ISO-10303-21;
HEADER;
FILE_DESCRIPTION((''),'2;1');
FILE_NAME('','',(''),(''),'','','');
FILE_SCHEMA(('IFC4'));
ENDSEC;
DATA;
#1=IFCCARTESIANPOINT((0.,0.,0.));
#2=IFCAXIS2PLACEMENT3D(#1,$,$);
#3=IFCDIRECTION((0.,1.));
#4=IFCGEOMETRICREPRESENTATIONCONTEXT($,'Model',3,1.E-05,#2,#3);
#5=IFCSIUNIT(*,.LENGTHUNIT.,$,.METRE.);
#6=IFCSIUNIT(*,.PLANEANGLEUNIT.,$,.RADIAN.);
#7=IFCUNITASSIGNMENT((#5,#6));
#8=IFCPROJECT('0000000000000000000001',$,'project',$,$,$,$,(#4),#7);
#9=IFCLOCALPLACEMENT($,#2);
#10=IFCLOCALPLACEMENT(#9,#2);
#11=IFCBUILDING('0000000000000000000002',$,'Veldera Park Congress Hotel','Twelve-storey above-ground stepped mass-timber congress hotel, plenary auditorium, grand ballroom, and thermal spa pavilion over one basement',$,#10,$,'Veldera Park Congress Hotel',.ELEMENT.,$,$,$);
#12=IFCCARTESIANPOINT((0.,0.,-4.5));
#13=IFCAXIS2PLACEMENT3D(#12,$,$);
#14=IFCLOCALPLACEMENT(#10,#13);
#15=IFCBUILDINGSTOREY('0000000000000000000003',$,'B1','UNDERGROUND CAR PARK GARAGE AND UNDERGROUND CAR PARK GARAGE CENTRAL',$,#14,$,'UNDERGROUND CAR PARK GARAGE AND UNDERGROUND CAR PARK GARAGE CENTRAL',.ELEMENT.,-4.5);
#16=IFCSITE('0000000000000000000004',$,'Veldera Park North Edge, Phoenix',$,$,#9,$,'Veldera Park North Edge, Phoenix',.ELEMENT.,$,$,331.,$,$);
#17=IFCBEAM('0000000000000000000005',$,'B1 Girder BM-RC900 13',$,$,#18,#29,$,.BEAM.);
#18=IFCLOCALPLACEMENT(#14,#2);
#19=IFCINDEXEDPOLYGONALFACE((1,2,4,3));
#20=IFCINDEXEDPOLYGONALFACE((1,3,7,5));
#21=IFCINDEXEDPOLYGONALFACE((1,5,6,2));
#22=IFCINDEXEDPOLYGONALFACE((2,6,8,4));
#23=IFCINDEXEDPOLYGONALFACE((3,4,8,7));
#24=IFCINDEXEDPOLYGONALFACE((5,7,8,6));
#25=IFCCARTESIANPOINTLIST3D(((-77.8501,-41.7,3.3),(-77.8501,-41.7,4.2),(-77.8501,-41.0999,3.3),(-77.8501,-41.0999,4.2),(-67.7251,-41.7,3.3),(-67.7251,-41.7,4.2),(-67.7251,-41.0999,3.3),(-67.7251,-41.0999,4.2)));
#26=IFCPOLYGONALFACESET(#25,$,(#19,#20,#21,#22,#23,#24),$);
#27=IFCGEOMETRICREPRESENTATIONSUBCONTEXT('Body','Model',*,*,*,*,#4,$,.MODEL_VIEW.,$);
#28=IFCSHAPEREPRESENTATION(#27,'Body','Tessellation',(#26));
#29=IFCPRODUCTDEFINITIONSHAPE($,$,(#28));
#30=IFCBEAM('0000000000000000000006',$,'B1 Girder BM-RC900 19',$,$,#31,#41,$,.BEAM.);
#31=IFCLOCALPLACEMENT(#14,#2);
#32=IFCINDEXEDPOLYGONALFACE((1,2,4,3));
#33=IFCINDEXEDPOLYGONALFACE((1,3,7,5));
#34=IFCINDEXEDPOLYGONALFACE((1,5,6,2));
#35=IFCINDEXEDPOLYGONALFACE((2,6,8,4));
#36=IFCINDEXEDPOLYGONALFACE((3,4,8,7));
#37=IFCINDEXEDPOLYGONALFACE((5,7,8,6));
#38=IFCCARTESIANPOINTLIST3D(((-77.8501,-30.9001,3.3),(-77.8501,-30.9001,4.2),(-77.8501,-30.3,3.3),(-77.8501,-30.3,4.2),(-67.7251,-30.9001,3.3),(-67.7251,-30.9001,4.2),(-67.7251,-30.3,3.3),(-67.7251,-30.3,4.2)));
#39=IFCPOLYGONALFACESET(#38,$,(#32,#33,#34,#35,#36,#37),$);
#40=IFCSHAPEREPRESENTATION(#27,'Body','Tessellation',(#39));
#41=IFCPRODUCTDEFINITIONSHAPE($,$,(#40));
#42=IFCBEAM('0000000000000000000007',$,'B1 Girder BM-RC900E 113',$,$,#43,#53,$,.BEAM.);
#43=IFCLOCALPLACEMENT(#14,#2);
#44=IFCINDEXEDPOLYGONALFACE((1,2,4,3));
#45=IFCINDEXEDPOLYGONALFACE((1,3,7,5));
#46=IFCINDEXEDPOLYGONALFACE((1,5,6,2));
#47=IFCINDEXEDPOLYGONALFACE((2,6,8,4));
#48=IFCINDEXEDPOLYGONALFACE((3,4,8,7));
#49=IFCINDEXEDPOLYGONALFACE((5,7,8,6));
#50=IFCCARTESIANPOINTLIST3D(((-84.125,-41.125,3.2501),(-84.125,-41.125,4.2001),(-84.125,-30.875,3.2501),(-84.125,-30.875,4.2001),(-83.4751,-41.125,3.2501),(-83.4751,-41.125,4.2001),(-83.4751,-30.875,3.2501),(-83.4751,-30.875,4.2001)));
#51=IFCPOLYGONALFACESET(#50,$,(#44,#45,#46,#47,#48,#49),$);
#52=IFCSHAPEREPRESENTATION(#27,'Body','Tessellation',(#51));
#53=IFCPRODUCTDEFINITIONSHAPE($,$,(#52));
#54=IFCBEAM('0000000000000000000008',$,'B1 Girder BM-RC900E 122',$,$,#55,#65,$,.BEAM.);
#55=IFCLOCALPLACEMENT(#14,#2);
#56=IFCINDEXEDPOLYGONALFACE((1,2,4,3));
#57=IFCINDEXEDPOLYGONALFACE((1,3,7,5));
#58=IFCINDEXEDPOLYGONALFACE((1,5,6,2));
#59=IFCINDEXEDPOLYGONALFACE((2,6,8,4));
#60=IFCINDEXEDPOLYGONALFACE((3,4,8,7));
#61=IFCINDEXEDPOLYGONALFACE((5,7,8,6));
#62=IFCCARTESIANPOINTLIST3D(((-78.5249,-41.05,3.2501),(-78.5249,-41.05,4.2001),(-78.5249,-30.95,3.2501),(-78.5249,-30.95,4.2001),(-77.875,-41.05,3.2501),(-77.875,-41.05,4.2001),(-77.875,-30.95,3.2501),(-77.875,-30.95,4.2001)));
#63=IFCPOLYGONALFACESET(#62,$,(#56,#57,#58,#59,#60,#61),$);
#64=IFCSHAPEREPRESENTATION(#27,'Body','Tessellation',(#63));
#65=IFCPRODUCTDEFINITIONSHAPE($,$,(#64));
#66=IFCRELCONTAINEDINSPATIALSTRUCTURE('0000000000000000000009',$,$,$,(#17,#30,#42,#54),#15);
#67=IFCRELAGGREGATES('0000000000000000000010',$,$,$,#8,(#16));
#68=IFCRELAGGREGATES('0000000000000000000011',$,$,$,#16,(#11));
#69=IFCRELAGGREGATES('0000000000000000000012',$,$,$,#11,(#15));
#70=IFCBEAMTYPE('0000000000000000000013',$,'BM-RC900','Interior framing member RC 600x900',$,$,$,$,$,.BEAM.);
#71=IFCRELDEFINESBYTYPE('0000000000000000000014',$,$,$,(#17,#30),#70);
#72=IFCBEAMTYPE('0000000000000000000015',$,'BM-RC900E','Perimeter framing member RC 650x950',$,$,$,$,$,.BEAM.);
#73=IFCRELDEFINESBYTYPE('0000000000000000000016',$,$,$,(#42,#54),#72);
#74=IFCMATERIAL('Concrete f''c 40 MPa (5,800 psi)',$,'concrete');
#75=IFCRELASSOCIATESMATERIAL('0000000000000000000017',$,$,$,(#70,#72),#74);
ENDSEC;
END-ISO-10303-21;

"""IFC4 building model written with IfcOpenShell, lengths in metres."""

from ifc_helpers import new_model, si_unit, direction, frame, origin, origin_2d, place, context, subcontext, project, spatial, rectangle, extrude, material, material_profile, profile_set, type_object, element, save


model = new_model("IFC4")

# Units and contexts
model_context = context("Model", 3, precision=1e-05, world=origin(), true_north=direction((0.0, 1.0)))
body_context = subcontext(model_context, "Body", "Model", "MODEL_VIEW")
ifc_project = project(units=[si_unit("LENGTHUNIT", "METRE"), si_unit("PLANEANGLEUNIT", "RADIAN")], contexts=[model_context])

# Site, building, storey
site_placement = place(None, origin())
site = spatial("IfcSite", under=ifc_project, at=site_placement, Name="Veldera Park North Edge, Phoenix", LongName="Veldera Park North Edge, Phoenix", CompositionType="ELEMENT", RefElevation=331.0)
building_placement = place(site_placement, origin())
building = spatial("IfcBuilding", under=site, at=building_placement, Name="Veldera Park Congress Hotel", Description="Twelve-storey above-ground stepped mass-timber congress hotel, plenary auditorium, grand ballroom, and thermal spa pavilion over one basement", LongName="Veldera Park Congress Hotel", CompositionType="ELEMENT")
storey_placement = place(building_placement, frame((0.0, 0.0, -4.5)))
storey = spatial("IfcBuildingStorey", under=building, at=storey_placement, Name="B1", Description="UNDERGROUND CAR PARK GARAGE AND UNDERGROUND CAR PARK GARAGE CENTRAL", LongName="UNDERGROUND CAR PARK GARAGE AND UNDERGROUND CAR PARK GARAGE CENTRAL", CompositionType="ELEMENT", Elevation=-4.5)

# Shared definitions
ifc_material = material(Name="Concrete f'c 40 MPa (5,800 psi)", Category="concrete")

# Beams
ifc_material_profile_1 = material_profile(ifc_material, rectangle(XDim=0.6001, YDim=0.8999, at=origin_2d()), Name="RC 600x900")
ifc_profile_set_1 = profile_set([ifc_material_profile_1], Name="Concrete f'c 40 MPa (5,800 psi)")
beam_type_1 = type_object("IfcBeamType", Name="BM-RC900", Description="Interior framing member RC 600x900", PredefinedType="BEAM", material=ifc_profile_set_1)
for number, where, z_axis, x_axis, name in (
    (1, (-77.8501, -41.3999, 3.75), (1.0, 0.0, 0.0), (0.0, 1.0, 0.0), "B1 Girder BM-RC900 13"),
    (2, (-77.8501, -30.6001, 3.75), (1.0, 0.0, 0.0), (0.0, 1.0, 0.0), "B1 Girder BM-RC900 19"),
):
    element("IfcBeam", number, at=place(storey_placement, frame(where, z_axis=z_axis, x_axis=x_axis)), inside=storey, type_object=beam_type_1, Name=name, PredefinedType="BEAM", context=body_context, shape_type="SweptSolid", body=[
        extrude(rectangle(XDim=0.6001, YDim=0.8999, at=origin_2d()), origin(), (0.0, 0.0, 1.0), 10.125),
    ])
ifc_material_profile_2 = material_profile(ifc_material, rectangle(XDim=0.6499, YDim=0.95, at=origin_2d()), Name="RC 650x950")
ifc_profile_set_2 = profile_set([ifc_material_profile_2], Name="Concrete f'c 40 MPa (5,800 psi)")
beam_type_2 = type_object("IfcBeamType", Name="BM-RC900E", Description="Perimeter framing member RC 650x950", PredefinedType="BEAM", material=ifc_profile_set_2)
beam_1_placement = place(storey_placement, frame((-83.8, -41.125, 3.7251), z_axis=(0.0, 1.0, 0.0), x_axis=(-1.0, 0.0, 0.0)))
element("IfcBeam", 3, at=beam_1_placement, inside=storey, type_object=beam_type_2, Name="B1 Girder BM-RC900E 113", PredefinedType="BEAM", context=body_context, shape_type="SweptSolid", body=[
    extrude(rectangle(XDim=0.6499, YDim=0.95, at=origin_2d()), origin(), (0.0, 0.0, 1.0), 10.25),
])
beam_2_placement = place(storey_placement, frame((-78.2, -41.05, 3.7251), z_axis=(0.0, 1.0, 0.0), x_axis=(-1.0, 0.0, 0.0)))
element("IfcBeam", 4, at=beam_2_placement, inside=storey, type_object=beam_type_2, Name="B1 Girder BM-RC900E 122", PredefinedType="BEAM", context=body_context, shape_type="SweptSolid", body=[
    extrude(rectangle(XDim=0.6499, YDim=0.95, at=origin_2d()), origin(), (0.0, 0.0, 1.0), 10.1001),
])

save(model, "model.ifc")
